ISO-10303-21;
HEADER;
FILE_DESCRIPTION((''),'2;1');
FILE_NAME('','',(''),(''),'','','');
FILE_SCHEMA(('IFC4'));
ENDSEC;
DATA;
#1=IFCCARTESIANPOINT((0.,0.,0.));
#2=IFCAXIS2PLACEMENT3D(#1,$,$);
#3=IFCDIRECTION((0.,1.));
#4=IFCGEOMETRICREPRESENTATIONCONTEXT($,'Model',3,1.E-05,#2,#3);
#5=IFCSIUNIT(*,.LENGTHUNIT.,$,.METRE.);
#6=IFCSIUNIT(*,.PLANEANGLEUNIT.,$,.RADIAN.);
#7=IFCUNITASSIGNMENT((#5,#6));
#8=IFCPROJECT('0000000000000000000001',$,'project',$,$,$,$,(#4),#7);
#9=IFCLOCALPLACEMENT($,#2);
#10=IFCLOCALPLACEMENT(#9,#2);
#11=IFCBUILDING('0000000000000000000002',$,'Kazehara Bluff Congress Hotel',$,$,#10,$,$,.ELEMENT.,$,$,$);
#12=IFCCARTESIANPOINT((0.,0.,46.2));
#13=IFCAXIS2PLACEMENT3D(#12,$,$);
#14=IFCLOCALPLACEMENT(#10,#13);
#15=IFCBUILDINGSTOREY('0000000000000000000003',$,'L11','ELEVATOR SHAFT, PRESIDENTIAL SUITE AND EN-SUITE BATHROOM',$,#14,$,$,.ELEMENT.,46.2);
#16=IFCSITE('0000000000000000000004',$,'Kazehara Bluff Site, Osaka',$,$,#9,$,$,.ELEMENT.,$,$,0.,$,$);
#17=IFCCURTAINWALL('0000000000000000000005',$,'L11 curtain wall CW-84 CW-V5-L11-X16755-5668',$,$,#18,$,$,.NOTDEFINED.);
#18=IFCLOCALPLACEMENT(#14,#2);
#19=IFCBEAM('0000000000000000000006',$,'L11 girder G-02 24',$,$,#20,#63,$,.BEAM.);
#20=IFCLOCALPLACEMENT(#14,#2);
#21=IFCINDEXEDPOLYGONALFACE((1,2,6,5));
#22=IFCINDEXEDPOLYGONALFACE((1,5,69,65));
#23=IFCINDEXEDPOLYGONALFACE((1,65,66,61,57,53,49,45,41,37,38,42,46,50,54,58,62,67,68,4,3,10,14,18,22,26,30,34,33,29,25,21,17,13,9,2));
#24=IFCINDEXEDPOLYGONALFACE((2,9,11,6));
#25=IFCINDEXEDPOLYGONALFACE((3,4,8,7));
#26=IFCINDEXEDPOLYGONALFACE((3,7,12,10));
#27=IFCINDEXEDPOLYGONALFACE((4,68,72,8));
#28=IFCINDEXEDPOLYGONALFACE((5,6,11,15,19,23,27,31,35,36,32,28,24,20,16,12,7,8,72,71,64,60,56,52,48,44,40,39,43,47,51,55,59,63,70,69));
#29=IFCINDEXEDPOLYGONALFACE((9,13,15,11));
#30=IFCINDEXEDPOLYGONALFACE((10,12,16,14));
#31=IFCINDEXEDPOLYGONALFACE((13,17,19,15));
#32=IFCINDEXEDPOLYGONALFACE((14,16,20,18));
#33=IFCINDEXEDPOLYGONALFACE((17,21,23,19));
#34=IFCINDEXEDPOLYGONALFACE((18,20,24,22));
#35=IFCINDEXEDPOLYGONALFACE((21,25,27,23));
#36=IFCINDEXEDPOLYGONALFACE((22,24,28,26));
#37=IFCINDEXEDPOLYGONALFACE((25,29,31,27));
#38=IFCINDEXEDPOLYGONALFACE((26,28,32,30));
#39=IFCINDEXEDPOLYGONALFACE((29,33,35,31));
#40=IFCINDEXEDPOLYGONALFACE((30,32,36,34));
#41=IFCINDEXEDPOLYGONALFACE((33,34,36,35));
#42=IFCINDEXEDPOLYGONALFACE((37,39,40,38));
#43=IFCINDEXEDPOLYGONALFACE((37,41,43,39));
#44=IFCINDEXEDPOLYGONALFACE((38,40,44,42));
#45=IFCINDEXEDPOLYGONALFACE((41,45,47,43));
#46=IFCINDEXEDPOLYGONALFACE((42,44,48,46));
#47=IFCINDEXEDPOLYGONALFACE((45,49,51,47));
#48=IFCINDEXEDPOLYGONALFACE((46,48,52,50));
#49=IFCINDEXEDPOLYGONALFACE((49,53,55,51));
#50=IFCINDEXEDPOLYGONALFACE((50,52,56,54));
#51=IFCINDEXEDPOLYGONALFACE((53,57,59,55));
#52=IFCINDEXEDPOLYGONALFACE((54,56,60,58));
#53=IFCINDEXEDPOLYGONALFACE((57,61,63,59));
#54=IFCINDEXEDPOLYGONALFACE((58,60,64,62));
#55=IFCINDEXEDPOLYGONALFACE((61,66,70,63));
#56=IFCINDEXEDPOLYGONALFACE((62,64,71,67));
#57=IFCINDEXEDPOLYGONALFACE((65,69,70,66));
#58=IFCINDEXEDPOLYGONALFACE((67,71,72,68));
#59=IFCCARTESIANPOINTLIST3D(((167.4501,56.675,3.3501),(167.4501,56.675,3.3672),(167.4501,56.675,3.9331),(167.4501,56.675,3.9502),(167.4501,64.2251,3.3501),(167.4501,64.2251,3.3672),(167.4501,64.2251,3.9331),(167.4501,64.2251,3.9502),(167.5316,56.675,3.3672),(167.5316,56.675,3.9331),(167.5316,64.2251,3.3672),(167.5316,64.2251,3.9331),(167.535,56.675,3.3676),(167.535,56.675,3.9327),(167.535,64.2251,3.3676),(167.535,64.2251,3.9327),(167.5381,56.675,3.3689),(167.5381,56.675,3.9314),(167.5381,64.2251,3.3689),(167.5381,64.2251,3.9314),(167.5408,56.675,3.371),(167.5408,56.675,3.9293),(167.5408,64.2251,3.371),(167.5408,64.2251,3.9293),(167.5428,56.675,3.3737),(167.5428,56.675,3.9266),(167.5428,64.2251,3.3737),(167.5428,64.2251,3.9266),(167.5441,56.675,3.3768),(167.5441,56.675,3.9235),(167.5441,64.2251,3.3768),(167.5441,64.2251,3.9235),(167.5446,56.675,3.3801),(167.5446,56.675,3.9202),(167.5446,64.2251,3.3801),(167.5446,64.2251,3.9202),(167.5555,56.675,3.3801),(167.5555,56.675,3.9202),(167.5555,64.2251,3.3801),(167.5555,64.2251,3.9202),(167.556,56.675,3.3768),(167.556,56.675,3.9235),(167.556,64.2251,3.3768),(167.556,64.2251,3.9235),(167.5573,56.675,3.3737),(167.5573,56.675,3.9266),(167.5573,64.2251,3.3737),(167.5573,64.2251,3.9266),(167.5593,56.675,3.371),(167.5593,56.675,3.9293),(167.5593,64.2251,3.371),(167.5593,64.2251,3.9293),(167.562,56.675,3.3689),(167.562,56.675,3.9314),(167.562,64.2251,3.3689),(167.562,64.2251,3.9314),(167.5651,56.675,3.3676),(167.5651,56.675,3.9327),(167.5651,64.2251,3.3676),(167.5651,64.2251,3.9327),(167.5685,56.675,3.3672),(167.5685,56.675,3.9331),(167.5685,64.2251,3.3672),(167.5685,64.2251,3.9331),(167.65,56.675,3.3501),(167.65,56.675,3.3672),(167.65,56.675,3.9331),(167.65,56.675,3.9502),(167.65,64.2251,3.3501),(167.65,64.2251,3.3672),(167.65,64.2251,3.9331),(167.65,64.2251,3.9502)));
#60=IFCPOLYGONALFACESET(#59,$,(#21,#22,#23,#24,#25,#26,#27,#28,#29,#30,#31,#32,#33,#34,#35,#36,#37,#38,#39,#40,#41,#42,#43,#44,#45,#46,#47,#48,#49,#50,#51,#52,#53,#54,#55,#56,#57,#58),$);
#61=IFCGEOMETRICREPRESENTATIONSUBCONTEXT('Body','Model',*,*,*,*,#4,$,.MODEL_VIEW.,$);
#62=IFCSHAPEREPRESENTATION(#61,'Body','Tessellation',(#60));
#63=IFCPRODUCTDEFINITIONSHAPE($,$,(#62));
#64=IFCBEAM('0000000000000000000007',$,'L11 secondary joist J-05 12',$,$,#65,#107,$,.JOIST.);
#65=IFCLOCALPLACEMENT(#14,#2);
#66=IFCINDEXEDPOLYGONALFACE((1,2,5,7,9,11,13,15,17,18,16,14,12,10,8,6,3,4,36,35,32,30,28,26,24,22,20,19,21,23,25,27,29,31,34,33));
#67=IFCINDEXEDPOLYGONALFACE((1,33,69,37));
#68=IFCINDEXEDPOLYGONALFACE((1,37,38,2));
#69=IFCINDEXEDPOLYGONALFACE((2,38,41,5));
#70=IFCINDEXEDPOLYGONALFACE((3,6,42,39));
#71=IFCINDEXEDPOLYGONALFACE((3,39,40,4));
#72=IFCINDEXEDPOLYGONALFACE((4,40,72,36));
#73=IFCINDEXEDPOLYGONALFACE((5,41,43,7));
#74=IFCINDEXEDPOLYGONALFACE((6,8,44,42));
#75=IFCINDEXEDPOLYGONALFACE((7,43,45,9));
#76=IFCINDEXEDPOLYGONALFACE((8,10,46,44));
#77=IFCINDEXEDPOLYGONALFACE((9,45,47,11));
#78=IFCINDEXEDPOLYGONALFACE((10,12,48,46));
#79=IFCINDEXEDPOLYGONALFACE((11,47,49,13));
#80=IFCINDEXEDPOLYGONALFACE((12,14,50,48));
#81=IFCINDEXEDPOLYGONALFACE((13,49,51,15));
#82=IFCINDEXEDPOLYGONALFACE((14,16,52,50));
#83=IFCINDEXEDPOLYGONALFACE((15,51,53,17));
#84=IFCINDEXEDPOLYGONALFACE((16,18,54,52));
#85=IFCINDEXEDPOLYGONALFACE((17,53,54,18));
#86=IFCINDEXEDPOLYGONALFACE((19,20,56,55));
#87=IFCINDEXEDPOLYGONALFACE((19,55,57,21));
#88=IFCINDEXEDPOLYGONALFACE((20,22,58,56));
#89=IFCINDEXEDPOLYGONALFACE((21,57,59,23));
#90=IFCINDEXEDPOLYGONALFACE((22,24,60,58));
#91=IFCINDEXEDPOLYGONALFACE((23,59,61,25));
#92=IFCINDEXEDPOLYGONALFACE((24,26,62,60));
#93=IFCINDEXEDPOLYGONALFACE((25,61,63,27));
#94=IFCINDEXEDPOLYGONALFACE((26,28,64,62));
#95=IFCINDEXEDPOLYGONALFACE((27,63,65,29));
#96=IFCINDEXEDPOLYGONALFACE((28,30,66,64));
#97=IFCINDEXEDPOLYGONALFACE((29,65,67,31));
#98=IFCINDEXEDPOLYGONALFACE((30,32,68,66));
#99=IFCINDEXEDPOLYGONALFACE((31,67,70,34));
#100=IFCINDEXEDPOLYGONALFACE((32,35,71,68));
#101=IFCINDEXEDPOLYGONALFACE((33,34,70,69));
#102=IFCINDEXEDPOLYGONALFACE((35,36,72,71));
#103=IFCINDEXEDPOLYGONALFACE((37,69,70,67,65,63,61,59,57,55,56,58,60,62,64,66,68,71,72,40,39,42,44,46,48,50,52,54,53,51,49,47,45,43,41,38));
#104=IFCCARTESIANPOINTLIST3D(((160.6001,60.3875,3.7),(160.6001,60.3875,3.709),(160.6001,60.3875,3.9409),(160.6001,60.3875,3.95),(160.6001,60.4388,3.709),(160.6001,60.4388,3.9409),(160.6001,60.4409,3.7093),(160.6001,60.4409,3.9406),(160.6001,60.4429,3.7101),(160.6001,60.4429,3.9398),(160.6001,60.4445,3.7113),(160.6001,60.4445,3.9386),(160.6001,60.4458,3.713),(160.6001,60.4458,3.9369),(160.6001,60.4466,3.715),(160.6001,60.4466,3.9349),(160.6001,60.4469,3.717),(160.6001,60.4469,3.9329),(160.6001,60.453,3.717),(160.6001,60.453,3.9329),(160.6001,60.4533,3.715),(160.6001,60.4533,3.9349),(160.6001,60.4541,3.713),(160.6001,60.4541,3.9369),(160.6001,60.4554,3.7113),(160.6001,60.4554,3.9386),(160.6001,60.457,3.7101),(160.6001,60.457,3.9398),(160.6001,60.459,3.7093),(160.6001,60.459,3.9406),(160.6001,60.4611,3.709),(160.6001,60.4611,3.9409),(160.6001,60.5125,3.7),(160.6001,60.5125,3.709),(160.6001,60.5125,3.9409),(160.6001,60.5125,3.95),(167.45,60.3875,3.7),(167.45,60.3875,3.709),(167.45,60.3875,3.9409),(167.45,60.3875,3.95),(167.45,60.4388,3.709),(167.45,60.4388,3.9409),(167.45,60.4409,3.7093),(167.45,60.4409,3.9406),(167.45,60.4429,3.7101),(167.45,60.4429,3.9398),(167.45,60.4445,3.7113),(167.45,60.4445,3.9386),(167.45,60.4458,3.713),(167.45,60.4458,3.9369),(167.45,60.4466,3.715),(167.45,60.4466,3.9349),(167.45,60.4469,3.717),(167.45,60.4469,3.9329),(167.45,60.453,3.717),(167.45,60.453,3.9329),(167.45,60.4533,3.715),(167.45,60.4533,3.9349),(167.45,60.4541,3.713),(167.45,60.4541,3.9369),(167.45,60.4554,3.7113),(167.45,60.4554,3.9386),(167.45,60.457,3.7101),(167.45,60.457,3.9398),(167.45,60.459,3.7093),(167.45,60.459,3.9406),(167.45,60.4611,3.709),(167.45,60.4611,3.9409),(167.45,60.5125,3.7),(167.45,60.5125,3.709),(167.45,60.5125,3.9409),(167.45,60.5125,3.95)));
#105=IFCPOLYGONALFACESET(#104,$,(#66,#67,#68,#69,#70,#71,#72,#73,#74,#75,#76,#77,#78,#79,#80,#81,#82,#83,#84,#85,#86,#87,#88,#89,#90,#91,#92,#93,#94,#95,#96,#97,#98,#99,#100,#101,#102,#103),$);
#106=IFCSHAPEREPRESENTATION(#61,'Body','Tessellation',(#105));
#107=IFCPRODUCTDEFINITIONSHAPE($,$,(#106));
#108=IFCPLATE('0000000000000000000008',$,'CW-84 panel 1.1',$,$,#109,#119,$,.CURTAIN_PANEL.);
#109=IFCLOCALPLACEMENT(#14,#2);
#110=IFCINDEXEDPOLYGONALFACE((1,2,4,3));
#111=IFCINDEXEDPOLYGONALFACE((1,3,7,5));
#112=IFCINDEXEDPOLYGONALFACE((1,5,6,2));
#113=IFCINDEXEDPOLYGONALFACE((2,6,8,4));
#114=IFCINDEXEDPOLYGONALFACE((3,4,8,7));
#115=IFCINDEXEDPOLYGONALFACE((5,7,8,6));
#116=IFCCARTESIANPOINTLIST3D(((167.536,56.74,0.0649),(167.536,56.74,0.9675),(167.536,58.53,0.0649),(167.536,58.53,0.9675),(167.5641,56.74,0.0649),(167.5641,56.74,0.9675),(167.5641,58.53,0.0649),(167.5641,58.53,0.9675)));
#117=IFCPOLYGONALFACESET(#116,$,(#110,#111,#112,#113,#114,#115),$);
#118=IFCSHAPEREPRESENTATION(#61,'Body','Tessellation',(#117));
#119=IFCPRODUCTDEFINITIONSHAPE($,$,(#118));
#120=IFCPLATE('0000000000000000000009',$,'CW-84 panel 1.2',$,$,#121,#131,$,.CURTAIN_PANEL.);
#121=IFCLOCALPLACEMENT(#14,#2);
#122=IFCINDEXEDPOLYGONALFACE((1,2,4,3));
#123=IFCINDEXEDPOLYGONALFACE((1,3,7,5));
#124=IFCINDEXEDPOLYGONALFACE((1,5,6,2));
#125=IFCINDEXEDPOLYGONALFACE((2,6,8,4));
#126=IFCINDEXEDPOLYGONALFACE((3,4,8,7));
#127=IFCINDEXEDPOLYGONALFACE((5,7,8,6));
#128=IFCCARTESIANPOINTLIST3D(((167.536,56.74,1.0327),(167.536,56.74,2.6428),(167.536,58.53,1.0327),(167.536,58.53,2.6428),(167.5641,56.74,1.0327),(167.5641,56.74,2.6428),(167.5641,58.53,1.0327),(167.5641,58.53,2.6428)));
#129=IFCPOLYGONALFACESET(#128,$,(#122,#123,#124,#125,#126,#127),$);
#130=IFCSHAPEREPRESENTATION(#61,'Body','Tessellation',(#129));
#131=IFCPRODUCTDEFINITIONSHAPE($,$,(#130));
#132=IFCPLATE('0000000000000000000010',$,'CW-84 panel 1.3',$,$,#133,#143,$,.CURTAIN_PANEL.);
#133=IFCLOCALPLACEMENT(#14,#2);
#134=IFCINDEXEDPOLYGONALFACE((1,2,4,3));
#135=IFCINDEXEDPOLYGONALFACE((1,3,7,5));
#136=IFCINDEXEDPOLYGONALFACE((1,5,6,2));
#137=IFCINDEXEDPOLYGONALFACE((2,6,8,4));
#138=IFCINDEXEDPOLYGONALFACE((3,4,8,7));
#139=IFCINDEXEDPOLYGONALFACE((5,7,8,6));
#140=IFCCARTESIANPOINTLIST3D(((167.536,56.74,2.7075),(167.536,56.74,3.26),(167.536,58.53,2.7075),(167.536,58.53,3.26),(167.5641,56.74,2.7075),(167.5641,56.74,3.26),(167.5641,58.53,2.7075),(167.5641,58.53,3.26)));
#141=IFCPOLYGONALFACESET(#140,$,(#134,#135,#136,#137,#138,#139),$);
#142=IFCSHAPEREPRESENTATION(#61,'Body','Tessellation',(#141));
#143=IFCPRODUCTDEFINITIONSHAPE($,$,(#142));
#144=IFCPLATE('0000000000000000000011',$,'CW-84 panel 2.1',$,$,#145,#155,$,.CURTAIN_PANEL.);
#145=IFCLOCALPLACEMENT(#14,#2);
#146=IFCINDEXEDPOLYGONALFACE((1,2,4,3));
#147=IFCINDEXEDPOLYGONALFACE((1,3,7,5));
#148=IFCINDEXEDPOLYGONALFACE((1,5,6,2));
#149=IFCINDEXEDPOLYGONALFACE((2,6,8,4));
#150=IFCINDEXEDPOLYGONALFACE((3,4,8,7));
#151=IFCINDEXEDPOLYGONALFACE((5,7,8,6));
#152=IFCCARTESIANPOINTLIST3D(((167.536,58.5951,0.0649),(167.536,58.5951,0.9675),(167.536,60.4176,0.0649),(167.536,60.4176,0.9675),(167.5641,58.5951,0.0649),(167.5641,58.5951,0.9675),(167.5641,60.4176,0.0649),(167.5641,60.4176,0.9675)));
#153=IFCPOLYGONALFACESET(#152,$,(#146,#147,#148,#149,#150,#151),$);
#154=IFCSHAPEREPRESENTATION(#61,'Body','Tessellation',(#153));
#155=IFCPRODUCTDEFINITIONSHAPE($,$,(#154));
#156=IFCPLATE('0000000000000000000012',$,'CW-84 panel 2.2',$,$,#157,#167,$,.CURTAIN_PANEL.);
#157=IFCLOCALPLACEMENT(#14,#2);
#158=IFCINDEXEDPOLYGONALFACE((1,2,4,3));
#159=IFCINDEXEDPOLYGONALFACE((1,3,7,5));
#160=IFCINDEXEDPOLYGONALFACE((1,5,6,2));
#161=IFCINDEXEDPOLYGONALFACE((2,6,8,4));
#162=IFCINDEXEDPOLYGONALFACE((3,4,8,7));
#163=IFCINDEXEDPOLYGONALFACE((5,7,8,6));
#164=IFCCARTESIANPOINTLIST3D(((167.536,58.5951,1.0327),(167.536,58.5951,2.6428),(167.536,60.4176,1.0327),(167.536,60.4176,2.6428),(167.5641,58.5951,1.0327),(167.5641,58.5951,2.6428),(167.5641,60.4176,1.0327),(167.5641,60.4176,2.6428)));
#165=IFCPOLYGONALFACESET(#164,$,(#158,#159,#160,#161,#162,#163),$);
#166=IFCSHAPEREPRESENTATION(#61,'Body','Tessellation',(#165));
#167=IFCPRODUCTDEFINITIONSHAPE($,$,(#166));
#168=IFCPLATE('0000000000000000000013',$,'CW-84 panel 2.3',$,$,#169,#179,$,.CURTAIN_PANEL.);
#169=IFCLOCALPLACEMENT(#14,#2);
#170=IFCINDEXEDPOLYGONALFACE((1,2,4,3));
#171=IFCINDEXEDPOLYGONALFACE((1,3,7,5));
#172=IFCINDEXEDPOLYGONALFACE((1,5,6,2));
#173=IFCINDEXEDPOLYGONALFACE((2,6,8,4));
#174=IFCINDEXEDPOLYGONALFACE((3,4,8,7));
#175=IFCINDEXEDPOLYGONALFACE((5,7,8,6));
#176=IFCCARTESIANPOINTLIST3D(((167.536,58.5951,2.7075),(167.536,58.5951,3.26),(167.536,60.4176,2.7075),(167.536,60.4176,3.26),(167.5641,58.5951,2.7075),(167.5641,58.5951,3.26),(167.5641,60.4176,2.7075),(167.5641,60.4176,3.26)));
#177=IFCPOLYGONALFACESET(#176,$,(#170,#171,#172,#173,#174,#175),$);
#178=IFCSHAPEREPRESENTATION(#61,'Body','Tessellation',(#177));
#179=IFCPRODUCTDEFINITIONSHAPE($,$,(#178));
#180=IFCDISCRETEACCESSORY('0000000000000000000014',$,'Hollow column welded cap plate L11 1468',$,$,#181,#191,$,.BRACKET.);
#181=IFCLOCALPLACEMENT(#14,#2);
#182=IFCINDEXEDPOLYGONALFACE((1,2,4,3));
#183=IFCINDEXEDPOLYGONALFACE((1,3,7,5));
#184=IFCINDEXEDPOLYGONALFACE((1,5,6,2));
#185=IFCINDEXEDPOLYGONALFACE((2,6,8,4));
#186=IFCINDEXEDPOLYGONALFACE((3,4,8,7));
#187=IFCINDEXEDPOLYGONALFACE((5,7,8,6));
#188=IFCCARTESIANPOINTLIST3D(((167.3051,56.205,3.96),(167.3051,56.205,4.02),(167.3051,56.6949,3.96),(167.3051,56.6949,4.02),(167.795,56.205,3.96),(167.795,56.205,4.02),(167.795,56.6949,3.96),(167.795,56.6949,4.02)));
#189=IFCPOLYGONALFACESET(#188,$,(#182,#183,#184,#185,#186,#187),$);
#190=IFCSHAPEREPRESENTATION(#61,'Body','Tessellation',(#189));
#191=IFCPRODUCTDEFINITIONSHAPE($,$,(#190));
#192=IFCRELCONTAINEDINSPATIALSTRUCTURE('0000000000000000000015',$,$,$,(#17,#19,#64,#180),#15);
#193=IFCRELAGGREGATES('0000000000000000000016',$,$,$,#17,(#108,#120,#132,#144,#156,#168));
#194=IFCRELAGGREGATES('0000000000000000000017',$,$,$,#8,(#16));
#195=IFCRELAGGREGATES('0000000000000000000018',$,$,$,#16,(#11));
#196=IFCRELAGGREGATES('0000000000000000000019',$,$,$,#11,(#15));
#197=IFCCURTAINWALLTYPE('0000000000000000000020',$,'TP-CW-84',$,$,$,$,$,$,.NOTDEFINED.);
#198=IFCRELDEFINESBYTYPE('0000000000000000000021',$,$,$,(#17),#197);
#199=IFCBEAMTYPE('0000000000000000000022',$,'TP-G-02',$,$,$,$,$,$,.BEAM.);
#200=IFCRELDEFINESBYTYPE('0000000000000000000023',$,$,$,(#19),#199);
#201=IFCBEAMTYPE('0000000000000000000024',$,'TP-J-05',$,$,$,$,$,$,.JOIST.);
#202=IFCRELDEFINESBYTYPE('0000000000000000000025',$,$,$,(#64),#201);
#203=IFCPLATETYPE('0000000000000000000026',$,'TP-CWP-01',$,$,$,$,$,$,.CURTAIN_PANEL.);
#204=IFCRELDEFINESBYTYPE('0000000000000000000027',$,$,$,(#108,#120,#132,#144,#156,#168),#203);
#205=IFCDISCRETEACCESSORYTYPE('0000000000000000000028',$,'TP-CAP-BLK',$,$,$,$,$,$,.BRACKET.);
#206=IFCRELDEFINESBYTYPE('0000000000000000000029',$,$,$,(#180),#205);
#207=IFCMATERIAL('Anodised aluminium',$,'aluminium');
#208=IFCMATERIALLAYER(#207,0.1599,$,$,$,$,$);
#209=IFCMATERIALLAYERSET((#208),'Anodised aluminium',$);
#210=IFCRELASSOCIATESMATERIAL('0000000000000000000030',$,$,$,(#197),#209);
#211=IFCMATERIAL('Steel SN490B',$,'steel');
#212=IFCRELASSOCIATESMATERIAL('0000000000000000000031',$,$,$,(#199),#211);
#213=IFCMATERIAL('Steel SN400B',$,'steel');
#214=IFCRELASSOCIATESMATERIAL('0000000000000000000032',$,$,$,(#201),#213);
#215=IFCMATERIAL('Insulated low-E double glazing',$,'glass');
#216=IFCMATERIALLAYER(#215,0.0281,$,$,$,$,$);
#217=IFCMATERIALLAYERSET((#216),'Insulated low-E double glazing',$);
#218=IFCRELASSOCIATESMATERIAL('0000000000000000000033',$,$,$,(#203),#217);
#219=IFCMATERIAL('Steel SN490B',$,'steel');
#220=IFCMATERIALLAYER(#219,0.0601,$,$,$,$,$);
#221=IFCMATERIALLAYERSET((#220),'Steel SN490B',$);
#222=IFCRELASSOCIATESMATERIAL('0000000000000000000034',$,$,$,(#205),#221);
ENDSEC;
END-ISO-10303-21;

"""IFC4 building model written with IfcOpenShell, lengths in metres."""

from ifc_helpers import new_model, si_unit, direction, frame, origin, origin_2d, place, context, subcontext, project, spatial, rectangle, i_section, extrude, material, layer, layer_set, material_profile, profile_set, type_object, element, aggregate, save


model = new_model("IFC4")

# Units and contexts
model_context = context("Model", 3, precision=1e-05, world=origin(), true_north=direction((0.0, 1.0)))
body_context = subcontext(model_context, "Body", "Model", "MODEL_VIEW")
ifc_project = project(units=[si_unit("LENGTHUNIT", "METRE"), si_unit("PLANEANGLEUNIT", "RADIAN")], contexts=[model_context])

# Site, building, storey
site_placement = place(None, origin())
site = spatial("IfcSite", under=ifc_project, at=site_placement, Name="Kazehara Bluff Site, Osaka", CompositionType="ELEMENT", RefElevation=0.0)
building_placement = place(site_placement, origin())
building = spatial("IfcBuilding", under=site, at=building_placement, Name="Kazehara Bluff Congress Hotel", CompositionType="ELEMENT")
storey_placement = place(building_placement, frame((0.0, 0.0, 46.2)))
storey = spatial("IfcBuildingStorey", under=building, at=storey_placement, Name="L11", Description="ELEVATOR SHAFT, PRESIDENTIAL SUITE AND EN-SUITE BATHROOM", CompositionType="ELEMENT", Elevation=46.2)

# Curtain wall
ifc_material_1 = material(Name="Anodised aluminium", Category="aluminium")
ifc_layer_1 = layer(ifc_material_1, 0.1599)
ifc_layer_set_1 = layer_set([ifc_layer_1], Name="Anodised aluminium")
curtain_wall_type = type_object("IfcCurtainWallType", Name="TP-CW-84", PredefinedType="NOTDEFINED", material=ifc_layer_set_1)
curtain_wall_placement = place(storey_placement, origin())
curtain_wall = element("IfcCurtainWall", 1, at=curtain_wall_placement, inside=storey, type_object=curtain_wall_type, Name="L11 curtain wall CW-84 CW-V5-L11-X16755-5668", PredefinedType="NOTDEFINED")

# Beams
ifc_material_2 = material(Name="Steel SN490B", Category="steel")
ifc_material_profile_1 = material_profile(ifc_material_2, i_section(OverallWidth=0.2, OverallDepth=0.6001, WebThickness=0.011, FlangeThickness=0.0171, FilletRadius=0.0129, at=origin_2d()))
ifc_profile_set_1 = profile_set([ifc_material_profile_1], Name="Steel SN490B")
beam_type_1 = type_object("IfcBeamType", Name="TP-G-02", PredefinedType="BEAM", material=ifc_profile_set_1)
for number, where, z_axis, x_axis, name in (
    (2, (167.55, 56.675, 3.6501), (0.0, 1.0, 0.0), (-1.0, 0.0, 0.0), "L11 girder G-02 24"),
):
    element("IfcBeam", number, at=place(storey_placement, frame(where, z_axis=z_axis, x_axis=x_axis)), inside=storey, type_object=beam_type_1, Name=name, PredefinedType="BEAM", context=body_context, shape_type="SweptSolid", body=[
        extrude(i_section(OverallWidth=0.2, OverallDepth=0.6001, WebThickness=0.011, FlangeThickness=0.0171, FilletRadius=0.0129, at=origin_2d()), origin(), (0.0, 0.0, 1.0), 7.55),
    ])
ifc_material_3 = material(Name="Steel SN400B", Category="steel")
ifc_material_profile_2 = material_profile(ifc_material_3, i_section(OverallWidth=0.125, OverallDepth=0.25, WebThickness=0.0061, FlangeThickness=0.009, FilletRadius=0.0081, at=origin_2d()))
ifc_profile_set_2 = profile_set([ifc_material_profile_2], Name="Steel SN400B")
beam_type_2 = type_object("IfcBeamType", Name="TP-J-05", PredefinedType="JOIST", material=ifc_profile_set_2)
beam_placement = place(storey_placement, frame((160.6001, 60.45, 3.825), z_axis=(1.0, 0.0, 0.0), x_axis=(0.0, 1.0, 0.0)))
element("IfcBeam", 3, at=beam_placement, inside=storey, type_object=beam_type_2, Name="L11 secondary joist J-05 12", PredefinedType="JOIST", context=body_context, shape_type="SweptSolid", body=[
    extrude(i_section(OverallWidth=0.125, OverallDepth=0.25, WebThickness=0.0061, FlangeThickness=0.009, FilletRadius=0.0081, at=origin_2d()), origin(), (0.0, 0.0, 1.0), 6.8499),
])

# Plates
ifc_material_4 = material(Name="Insulated low-E double glazing", Category="glass")
ifc_layer_2 = layer(ifc_material_4, 0.0281)
ifc_layer_set_2 = layer_set([ifc_layer_2], Name="Insulated low-E double glazing")
plate_type = type_object("IfcPlateType", Name="TP-CWP-01", PredefinedType="CURTAIN_PANEL", material=ifc_layer_set_2)
plate_1_placement = place(storey_placement, frame((167.55, 57.635, 0.0649), z_axis=(0.0, 0.0, 1.0), x_axis=(0.0, 1.0, 0.0)))
plate_1 = element("IfcPlate", 4, at=plate_1_placement, type_object=plate_type, Name="CW-84 panel 1.1", PredefinedType="CURTAIN_PANEL", context=body_context, shape_type="SweptSolid", body=[
    extrude(rectangle(XDim=1.79, YDim=0.0281, at=origin_2d()), origin(), (0.0, 0.0, 1.0), 0.9026),
])
plate_2_placement = place(storey_placement, frame((167.55, 57.635, 1.0327), z_axis=(0.0, 0.0, 1.0), x_axis=(0.0, 1.0, 0.0)))
plate_2 = element("IfcPlate", 5, at=plate_2_placement, type_object=plate_type, Name="CW-84 panel 1.2", PredefinedType="CURTAIN_PANEL", context=body_context, shape_type="SweptSolid", body=[
    extrude(rectangle(XDim=1.79, YDim=0.0281, at=origin_2d()), origin(), (0.0, 0.0, 1.0), 1.6101),
])
plate_3_placement = place(storey_placement, frame((167.55, 57.635, 2.7075), z_axis=(0.0, 0.0, 1.0), x_axis=(0.0, 1.0, 0.0)))
plate_3 = element("IfcPlate", 6, at=plate_3_placement, type_object=plate_type, Name="CW-84 panel 1.3", PredefinedType="CURTAIN_PANEL", context=body_context, shape_type="SweptSolid", body=[
    extrude(rectangle(XDim=1.79, YDim=0.0281, at=origin_2d()), origin(), (0.0, 0.0, 1.0), 0.5525),
])
plate_4_placement = place(storey_placement, frame((167.55, 59.5063, 0.0649), z_axis=(0.0, 0.0, 1.0), x_axis=(0.0, 1.0, 0.0)))
plate_4 = element("IfcPlate", 7, at=plate_4_placement, type_object=plate_type, Name="CW-84 panel 2.1", PredefinedType="CURTAIN_PANEL", context=body_context, shape_type="SweptSolid", body=[
    extrude(rectangle(XDim=1.8225, YDim=0.0281, at=origin_2d()), origin(), (0.0, 0.0, 1.0), 0.9026),
])
plate_5_placement = place(storey_placement, frame((167.55, 59.5063, 1.0327), z_axis=(0.0, 0.0, 1.0), x_axis=(0.0, 1.0, 0.0)))
plate_5 = element("IfcPlate", 8, at=plate_5_placement, type_object=plate_type, Name="CW-84 panel 2.2", PredefinedType="CURTAIN_PANEL", context=body_context, shape_type="SweptSolid", body=[
    extrude(rectangle(XDim=1.8225, YDim=0.0281, at=origin_2d()), origin(), (0.0, 0.0, 1.0), 1.6101),
])
plate_6_placement = place(storey_placement, frame((167.55, 59.5063, 2.7075), z_axis=(0.0, 0.0, 1.0), x_axis=(0.0, 1.0, 0.0)))
plate_6 = element("IfcPlate", 9, at=plate_6_placement, type_object=plate_type, Name="CW-84 panel 2.3", PredefinedType="CURTAIN_PANEL", context=body_context, shape_type="SweptSolid", body=[
    extrude(rectangle(XDim=1.8225, YDim=0.0281, at=origin_2d()), origin(), (0.0, 0.0, 1.0), 0.5525),
])
aggregate(curtain_wall, [plate_1, plate_2, plate_3, plate_4, plate_5, plate_6])

# Discrete accessory
ifc_material_5 = material(Name="Steel SN490B", Category="steel")
ifc_layer_3 = layer(ifc_material_5, 0.0601)
ifc_layer_set_3 = layer_set([ifc_layer_3], Name="Steel SN490B")
discrete_accessory_type = type_object("IfcDiscreteAccessoryType", Name="TP-CAP-BLK", PredefinedType="BRACKET", material=ifc_layer_set_3)
discrete_accessory_placement = place(storey_placement, frame((167.55, 56.45, 3.96), z_axis=(0.0, 0.0, 1.0), x_axis=(1.0, 0.0, 0.0)))
element("IfcDiscreteAccessory", 10, at=discrete_accessory_placement, inside=storey, type_object=discrete_accessory_type, Name="Hollow column welded cap plate L11 1468", PredefinedType="BRACKET", context=body_context, shape_type="SweptSolid", body=[
    extrude(rectangle(XDim=0.49, YDim=0.49, at=origin_2d()), origin(), (0.0, 0.0, 1.0), 0.0601),
])

save(model, "model.ifc")
